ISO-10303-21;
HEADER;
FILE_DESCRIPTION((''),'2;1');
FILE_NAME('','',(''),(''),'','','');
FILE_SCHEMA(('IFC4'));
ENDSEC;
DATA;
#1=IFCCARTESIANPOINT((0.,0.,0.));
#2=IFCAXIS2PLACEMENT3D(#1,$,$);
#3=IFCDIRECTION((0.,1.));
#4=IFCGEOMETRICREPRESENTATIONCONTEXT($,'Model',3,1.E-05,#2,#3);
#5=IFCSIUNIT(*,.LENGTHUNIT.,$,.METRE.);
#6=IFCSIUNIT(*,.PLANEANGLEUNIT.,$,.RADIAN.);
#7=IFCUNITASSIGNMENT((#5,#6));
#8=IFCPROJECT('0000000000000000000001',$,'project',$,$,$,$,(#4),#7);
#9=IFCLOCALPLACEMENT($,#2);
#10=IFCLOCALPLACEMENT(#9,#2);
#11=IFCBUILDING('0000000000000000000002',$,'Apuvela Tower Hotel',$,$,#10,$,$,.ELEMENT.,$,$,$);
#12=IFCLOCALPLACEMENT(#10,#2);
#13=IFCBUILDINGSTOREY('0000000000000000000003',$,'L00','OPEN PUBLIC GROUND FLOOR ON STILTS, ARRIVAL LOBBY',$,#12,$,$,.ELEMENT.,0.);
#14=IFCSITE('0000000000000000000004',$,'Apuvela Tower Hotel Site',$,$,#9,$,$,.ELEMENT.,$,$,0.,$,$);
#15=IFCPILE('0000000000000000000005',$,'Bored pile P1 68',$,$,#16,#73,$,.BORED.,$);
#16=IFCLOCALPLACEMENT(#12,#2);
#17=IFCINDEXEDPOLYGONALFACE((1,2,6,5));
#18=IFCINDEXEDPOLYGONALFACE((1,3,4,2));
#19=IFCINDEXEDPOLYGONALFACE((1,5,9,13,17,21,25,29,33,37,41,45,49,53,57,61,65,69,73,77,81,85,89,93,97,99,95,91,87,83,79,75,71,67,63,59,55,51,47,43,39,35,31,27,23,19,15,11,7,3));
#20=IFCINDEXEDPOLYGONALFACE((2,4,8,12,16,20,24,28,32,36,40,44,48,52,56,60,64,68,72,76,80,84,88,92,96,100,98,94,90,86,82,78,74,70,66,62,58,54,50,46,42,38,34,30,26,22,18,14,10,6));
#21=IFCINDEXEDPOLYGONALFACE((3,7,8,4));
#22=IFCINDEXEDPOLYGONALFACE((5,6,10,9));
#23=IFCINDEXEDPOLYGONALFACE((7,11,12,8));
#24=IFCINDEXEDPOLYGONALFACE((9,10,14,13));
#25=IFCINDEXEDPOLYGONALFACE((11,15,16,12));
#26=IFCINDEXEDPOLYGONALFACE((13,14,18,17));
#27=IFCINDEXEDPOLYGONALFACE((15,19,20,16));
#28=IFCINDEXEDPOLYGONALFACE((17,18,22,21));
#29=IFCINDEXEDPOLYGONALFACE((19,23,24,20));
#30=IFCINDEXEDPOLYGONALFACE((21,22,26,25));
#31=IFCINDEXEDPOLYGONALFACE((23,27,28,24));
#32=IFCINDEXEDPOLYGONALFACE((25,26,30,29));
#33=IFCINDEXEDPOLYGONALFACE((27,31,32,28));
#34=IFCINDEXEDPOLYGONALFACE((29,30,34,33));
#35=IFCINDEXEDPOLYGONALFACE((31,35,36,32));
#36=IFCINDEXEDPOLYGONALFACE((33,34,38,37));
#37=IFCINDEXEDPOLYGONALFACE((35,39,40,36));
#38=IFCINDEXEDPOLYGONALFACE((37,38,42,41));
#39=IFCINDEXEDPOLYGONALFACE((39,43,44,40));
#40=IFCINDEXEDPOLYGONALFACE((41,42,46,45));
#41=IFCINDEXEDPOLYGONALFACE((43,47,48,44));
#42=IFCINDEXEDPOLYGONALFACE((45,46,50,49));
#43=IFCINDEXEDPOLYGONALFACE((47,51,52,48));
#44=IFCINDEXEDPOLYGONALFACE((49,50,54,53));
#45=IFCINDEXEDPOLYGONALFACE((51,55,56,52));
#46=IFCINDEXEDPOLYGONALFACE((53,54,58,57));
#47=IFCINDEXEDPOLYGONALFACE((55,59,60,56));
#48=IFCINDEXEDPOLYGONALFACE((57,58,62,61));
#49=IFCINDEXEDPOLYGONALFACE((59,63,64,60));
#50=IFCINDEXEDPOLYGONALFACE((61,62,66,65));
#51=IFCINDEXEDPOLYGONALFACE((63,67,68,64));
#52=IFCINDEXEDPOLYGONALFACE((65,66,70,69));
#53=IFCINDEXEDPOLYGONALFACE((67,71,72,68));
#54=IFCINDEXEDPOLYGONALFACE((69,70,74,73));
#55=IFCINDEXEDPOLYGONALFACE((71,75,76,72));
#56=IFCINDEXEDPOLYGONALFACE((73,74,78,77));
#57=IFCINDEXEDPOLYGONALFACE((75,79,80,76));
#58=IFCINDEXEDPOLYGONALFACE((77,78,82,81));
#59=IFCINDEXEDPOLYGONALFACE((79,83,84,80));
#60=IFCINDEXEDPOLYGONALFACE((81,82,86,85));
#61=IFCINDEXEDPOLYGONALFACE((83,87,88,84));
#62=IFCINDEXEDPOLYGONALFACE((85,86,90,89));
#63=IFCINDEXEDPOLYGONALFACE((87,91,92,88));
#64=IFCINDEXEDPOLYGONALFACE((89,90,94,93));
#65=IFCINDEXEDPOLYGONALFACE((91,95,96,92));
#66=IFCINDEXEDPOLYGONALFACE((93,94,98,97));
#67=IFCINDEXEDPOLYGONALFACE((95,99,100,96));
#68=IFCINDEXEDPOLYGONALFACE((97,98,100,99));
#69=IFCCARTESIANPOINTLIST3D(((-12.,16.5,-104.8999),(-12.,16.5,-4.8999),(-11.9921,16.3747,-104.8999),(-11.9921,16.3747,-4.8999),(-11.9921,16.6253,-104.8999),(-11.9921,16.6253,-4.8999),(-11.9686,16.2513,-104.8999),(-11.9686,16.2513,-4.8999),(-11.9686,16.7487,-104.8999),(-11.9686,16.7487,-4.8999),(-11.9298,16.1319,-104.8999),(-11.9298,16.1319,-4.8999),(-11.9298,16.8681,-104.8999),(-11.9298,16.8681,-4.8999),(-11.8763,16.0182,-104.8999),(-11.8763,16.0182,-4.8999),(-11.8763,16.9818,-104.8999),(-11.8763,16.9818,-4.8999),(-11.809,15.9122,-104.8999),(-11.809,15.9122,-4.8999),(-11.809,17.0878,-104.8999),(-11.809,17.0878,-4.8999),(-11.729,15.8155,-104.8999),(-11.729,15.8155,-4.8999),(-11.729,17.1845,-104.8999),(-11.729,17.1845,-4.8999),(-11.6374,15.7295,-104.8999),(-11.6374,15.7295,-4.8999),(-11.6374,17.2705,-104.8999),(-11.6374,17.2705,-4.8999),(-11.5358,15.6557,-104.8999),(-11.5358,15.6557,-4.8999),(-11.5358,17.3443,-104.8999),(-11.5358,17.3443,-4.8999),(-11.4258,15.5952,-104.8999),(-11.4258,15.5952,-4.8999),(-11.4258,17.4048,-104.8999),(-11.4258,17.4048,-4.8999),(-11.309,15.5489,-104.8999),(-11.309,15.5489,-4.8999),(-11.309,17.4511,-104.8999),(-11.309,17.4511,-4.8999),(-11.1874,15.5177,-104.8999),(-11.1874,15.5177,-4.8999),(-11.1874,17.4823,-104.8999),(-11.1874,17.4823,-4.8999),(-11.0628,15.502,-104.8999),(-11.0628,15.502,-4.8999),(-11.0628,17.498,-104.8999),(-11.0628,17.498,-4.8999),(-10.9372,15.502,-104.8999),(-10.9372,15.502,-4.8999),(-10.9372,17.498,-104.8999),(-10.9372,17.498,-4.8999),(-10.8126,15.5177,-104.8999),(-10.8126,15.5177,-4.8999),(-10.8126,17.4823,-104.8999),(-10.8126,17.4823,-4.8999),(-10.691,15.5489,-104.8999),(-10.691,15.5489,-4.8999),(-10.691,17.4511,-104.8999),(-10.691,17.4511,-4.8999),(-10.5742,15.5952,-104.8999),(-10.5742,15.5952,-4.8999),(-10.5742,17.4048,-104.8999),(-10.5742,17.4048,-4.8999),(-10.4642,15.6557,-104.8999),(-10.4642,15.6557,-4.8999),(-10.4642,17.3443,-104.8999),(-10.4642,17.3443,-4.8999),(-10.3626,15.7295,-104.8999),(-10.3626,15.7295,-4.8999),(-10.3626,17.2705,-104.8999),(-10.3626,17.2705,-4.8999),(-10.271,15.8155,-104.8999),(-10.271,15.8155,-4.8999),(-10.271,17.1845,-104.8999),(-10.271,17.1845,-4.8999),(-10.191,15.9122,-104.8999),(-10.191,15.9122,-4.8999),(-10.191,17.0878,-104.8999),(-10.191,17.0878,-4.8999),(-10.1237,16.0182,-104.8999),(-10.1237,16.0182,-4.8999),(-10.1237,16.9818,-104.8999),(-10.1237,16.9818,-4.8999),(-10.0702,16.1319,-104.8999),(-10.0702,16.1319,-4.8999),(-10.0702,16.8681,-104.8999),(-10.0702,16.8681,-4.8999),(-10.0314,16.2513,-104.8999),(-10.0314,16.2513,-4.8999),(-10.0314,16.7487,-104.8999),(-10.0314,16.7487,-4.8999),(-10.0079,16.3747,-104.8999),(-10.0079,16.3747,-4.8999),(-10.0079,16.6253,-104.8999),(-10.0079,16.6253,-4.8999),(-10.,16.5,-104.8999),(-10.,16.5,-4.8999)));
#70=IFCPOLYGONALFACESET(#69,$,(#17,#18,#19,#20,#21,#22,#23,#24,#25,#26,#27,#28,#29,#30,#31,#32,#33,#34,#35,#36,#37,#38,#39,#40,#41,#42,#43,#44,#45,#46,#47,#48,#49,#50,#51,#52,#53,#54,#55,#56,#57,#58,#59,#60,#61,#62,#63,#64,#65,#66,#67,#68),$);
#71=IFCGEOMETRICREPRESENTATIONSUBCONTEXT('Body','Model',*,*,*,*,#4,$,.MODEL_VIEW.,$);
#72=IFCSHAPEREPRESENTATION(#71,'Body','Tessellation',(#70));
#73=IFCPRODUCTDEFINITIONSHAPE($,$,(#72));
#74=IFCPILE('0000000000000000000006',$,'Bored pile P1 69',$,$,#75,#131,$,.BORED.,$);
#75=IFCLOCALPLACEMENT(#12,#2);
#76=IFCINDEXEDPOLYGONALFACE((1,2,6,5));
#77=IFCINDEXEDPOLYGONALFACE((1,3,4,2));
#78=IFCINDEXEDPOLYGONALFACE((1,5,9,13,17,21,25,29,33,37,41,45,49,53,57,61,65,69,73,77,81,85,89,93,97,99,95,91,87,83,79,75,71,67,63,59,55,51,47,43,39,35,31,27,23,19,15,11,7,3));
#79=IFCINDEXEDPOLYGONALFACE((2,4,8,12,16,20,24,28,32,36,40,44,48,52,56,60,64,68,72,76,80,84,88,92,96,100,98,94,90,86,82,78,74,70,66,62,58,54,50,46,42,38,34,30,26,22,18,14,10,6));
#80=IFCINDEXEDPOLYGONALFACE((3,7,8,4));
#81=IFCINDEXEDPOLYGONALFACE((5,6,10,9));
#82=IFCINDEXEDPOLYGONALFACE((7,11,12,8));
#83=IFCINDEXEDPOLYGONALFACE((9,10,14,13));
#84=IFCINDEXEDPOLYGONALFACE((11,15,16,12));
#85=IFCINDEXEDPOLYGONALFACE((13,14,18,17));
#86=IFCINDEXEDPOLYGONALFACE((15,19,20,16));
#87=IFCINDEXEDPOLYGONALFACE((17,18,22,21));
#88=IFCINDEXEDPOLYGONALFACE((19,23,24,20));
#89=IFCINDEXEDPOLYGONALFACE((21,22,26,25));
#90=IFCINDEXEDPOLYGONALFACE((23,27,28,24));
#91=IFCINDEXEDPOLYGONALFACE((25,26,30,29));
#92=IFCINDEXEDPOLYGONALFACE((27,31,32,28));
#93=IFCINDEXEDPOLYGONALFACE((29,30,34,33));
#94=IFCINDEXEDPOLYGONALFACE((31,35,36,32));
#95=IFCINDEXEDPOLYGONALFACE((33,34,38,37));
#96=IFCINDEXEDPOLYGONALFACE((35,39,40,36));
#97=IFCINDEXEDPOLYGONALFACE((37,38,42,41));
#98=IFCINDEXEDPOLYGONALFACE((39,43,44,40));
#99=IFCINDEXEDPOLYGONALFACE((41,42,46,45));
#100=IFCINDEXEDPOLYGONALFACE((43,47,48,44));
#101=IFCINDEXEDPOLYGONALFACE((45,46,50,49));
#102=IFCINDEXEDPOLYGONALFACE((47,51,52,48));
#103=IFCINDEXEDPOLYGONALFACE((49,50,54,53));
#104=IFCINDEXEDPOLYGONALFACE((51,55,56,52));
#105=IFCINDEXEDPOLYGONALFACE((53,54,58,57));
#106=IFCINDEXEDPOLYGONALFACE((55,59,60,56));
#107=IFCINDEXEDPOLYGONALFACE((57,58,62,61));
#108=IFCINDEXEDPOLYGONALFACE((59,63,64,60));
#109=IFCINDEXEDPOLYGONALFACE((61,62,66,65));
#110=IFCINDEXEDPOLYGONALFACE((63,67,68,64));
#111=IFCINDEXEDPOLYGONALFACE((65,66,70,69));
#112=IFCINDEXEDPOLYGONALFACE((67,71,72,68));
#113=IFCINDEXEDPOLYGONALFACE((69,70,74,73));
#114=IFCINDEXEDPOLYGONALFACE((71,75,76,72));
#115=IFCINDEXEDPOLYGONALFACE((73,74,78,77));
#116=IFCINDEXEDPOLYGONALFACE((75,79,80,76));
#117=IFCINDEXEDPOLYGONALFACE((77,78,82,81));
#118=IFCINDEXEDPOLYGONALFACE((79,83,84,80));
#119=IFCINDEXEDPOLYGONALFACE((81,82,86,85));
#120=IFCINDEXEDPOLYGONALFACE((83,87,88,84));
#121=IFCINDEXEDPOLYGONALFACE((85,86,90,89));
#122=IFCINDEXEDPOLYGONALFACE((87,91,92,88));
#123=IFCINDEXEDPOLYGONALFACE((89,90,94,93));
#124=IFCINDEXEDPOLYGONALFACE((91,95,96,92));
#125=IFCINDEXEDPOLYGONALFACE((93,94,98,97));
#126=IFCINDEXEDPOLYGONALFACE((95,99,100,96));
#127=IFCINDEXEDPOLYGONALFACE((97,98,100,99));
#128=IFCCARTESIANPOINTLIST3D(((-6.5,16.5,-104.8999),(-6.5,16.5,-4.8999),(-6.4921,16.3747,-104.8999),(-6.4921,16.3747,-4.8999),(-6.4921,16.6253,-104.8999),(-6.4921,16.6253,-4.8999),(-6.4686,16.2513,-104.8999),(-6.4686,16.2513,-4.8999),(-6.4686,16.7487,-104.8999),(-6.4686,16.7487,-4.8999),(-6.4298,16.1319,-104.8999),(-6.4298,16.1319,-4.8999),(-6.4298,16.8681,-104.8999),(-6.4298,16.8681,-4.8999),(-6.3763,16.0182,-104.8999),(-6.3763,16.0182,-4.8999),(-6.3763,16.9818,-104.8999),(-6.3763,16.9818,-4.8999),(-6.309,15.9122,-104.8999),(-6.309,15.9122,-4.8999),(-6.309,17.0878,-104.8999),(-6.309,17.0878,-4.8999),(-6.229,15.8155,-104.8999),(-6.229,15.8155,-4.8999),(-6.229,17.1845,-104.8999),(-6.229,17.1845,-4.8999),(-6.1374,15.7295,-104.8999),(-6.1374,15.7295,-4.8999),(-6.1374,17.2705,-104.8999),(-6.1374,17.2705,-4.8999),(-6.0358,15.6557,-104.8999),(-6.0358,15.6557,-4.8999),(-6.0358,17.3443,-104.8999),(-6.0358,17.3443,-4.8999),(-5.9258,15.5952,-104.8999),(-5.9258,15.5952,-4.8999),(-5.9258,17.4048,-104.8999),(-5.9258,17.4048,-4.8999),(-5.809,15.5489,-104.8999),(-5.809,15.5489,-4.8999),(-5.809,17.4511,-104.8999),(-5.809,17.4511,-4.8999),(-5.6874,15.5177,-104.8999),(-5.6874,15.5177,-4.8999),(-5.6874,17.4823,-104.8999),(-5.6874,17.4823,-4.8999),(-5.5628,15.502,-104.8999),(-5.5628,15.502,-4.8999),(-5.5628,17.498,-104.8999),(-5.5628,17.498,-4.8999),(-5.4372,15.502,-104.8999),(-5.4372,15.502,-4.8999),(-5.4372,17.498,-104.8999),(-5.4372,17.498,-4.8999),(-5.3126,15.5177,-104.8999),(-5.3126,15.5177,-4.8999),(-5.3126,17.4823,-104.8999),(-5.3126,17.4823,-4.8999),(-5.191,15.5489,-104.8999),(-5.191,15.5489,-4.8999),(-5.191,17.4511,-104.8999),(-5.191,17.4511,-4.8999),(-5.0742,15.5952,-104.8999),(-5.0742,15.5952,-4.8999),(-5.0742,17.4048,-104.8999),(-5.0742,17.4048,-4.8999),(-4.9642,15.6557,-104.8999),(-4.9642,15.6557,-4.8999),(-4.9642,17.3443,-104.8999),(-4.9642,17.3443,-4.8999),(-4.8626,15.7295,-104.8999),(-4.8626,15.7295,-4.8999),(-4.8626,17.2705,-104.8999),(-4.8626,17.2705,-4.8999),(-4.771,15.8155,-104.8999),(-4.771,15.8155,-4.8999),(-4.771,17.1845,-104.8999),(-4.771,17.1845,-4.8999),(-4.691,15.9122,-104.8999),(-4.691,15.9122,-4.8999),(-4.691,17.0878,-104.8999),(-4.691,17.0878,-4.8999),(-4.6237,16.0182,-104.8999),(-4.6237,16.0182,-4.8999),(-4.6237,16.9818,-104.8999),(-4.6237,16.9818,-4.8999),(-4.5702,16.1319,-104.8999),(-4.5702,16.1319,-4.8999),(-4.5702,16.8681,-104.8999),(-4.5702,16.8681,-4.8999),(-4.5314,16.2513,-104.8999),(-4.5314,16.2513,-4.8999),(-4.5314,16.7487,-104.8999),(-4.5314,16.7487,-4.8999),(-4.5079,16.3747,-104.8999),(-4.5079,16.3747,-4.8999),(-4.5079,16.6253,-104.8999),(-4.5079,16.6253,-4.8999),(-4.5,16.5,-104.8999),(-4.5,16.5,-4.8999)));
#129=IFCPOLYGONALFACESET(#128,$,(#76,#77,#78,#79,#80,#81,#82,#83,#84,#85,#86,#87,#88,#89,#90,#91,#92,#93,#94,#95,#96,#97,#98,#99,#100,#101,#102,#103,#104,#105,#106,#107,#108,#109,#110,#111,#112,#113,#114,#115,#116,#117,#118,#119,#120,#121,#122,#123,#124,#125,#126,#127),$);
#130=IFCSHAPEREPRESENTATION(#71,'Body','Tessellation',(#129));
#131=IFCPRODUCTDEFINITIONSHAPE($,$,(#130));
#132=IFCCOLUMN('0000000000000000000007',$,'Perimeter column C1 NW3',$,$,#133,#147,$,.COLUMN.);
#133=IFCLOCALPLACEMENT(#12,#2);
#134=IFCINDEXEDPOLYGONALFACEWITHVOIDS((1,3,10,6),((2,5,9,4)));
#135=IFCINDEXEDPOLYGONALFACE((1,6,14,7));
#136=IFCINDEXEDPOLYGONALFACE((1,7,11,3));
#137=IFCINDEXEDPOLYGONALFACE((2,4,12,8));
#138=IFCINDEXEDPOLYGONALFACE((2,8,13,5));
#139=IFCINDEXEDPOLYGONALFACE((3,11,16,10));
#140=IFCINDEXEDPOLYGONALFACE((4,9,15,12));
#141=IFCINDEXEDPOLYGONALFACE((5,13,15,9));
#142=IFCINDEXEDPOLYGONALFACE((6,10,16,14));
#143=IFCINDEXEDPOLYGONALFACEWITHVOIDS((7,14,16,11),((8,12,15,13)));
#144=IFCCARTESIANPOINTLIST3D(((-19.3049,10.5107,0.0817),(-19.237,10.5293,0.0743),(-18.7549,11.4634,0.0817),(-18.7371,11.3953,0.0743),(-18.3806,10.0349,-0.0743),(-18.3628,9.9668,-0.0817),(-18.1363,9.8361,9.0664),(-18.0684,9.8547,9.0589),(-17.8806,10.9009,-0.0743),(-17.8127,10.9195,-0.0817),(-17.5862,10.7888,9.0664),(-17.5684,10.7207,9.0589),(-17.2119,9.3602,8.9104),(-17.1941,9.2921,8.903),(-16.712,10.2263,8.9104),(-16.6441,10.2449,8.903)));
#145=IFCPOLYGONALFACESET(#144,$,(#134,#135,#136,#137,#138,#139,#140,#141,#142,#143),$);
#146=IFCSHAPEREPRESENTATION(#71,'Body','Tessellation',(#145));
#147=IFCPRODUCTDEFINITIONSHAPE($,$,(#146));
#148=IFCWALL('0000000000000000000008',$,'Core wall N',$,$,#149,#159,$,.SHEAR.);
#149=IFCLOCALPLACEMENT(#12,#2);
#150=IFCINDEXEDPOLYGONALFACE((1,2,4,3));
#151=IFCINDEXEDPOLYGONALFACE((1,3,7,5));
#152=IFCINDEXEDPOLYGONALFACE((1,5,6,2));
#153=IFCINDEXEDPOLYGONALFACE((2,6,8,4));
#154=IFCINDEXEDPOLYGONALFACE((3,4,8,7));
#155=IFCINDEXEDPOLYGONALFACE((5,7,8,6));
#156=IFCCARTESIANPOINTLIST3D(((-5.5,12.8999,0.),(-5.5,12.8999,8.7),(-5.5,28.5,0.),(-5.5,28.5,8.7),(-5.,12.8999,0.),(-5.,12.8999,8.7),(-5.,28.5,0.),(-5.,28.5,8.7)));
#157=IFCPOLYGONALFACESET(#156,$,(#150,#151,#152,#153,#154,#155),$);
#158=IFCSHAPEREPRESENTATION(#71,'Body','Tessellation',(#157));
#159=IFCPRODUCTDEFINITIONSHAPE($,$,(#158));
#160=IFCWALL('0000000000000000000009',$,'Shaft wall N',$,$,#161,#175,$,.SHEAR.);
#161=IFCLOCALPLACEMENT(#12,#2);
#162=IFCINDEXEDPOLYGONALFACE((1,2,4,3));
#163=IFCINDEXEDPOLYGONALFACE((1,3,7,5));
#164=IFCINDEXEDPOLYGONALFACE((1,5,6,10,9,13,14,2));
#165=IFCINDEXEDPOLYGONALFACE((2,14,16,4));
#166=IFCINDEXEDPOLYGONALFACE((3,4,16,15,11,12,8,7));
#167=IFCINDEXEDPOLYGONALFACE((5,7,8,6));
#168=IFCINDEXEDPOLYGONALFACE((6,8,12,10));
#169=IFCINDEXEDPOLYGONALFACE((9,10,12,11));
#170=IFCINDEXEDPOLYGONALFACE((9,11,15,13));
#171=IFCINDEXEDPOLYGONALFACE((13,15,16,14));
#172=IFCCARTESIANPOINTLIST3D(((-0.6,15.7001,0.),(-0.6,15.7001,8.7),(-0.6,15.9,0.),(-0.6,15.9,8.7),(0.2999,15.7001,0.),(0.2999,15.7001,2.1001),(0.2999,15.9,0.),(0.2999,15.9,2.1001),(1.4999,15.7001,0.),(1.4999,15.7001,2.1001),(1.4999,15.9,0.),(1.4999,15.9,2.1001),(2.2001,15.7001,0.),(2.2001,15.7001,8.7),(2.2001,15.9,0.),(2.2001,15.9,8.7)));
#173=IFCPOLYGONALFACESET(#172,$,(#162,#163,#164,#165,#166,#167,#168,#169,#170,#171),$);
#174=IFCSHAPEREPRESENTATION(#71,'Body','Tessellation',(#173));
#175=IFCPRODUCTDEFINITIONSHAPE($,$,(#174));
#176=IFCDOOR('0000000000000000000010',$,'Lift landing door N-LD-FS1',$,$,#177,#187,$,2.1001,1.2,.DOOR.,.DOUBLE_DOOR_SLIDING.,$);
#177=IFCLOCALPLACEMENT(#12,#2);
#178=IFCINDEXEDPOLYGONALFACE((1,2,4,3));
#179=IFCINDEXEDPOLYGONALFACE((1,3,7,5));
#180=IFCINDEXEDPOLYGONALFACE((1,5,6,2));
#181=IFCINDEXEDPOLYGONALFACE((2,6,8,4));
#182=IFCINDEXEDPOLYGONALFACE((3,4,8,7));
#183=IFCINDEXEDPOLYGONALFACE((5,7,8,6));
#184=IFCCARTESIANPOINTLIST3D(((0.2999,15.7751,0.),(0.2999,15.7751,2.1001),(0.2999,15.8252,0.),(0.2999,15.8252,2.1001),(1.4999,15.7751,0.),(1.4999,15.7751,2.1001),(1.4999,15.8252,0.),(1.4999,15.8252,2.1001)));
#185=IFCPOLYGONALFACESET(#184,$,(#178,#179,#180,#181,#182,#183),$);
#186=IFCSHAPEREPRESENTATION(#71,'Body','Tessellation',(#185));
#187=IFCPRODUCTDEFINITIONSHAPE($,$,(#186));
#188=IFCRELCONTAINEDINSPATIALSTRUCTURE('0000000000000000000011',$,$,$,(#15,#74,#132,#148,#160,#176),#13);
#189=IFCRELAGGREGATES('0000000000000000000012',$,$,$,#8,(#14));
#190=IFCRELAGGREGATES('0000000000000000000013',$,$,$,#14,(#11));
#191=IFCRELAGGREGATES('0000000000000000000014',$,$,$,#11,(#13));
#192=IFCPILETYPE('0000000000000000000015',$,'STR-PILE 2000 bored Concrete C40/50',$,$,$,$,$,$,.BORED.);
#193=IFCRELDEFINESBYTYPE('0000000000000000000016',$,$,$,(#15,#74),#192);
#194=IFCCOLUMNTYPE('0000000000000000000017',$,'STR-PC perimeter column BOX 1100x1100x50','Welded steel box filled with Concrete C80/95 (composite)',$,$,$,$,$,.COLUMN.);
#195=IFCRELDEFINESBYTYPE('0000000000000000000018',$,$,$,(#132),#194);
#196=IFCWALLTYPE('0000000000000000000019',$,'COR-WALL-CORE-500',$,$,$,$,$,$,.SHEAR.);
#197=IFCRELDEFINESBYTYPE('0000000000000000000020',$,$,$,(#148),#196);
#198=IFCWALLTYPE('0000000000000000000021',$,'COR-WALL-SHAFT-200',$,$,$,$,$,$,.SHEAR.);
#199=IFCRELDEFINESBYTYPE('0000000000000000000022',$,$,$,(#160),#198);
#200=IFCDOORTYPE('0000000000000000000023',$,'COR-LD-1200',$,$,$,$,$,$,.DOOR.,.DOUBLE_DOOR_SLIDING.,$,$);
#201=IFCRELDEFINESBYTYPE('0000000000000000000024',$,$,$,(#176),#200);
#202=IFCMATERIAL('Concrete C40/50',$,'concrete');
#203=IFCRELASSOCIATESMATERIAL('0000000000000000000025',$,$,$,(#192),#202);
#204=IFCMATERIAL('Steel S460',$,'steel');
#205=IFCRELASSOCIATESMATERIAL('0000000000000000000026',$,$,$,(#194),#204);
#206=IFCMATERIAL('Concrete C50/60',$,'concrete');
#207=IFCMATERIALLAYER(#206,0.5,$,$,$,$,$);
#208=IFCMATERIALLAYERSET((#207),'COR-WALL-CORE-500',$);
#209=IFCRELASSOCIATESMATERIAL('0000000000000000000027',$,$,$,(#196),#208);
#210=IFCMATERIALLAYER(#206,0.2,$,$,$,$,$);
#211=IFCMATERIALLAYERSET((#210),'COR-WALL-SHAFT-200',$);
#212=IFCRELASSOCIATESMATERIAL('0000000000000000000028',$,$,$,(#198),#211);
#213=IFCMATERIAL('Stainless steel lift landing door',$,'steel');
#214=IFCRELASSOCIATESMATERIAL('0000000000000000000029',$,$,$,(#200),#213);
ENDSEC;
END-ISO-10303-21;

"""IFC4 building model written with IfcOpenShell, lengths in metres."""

from ifc_helpers import new_model, si_unit, direction, frame, frame_2d, origin, origin_2d, place, context, subcontext, project, spatial, rectangle, hollow_rectangle, circle, extrude, boolean, halfspace, material, layer, layer_set, material_profile, profile_set, type_object, element, fill, save


model = new_model("IFC4")

# Units and contexts
model_context = context("Model", 3, precision=1e-05, world=origin(), true_north=direction((0.0, 1.0)))
body_context = subcontext(model_context, "Body", "Model", "MODEL_VIEW")
ifc_project = project(units=[si_unit("LENGTHUNIT", "METRE"), si_unit("PLANEANGLEUNIT", "RADIAN")], contexts=[model_context])

# Site, building, storey
site_placement = place(None, origin())
site = spatial("IfcSite", under=ifc_project, at=site_placement, Name="Apuvela Tower Hotel Site", CompositionType="ELEMENT", RefElevation=0.0)
building_placement = place(site_placement, origin())
building = spatial("IfcBuilding", under=site, at=building_placement, Name="Apuvela Tower Hotel", CompositionType="ELEMENT")
storey_placement = place(building_placement, origin())
storey = spatial("IfcBuildingStorey", under=building, at=storey_placement, Name="L00", Description="OPEN PUBLIC GROUND FLOOR ON STILTS, ARRIVAL LOBBY", CompositionType="ELEMENT", Elevation=0.0)

# Piles
ifc_material_1 = material(Name="Concrete C40/50", Category="concrete")
ifc_material_profile_1 = material_profile(ifc_material_1, circle(Radius=1.0, at=origin_2d()), Name="PILE 2000")
ifc_profile_set_1 = profile_set([ifc_material_profile_1], Name="Concrete C40/50")
pile_type = type_object("IfcPileType", Name="STR-PILE 2000 bored Concrete C40/50", PredefinedType="BORED", material=ifc_profile_set_1)
for number, where, z_axis, x_axis, name in (
    (1, (-11.0, 16.5, -4.8999), (0.0, 0.0, -1.0), (1.0, 0.0, 0.0), "Bored pile P1 68"),
    (2, (-5.5, 16.5, -4.8999), (0.0, 0.0, -1.0), (1.0, 0.0, 0.0), "Bored pile P1 69"),
):
    element("IfcPile", number, at=place(storey_placement, frame(where, z_axis=z_axis, x_axis=x_axis)), inside=storey, type_object=pile_type, Name=name, PredefinedType="BORED", context=body_context, shape_type="SweptSolid", body=[
        extrude(circle(Radius=1.0, at=origin_2d()), origin(), (0.0, 0.0, 1.0), 100.0),
    ])

# Column
ifc_material_2 = material(Name="Steel S460", Category="steel")
ifc_material_profile_2 = material_profile(ifc_material_2, hollow_rectangle(XDim=1.1001, YDim=1.1001, WallThickness=0.05, at=origin_2d()), Name="BOX 1100x1100x50")
ifc_material_3 = material(Name="Concrete C80/95", Category="concrete")
ifc_material_profile_3 = material_profile(ifc_material_3, rectangle(XDim=1.0, YDim=1.0, at=origin_2d()), Name="Concrete C80/95 infill")
ifc_profile_set_2 = profile_set([ifc_material_profile_2, ifc_material_profile_3], Name="Steel S460")
column_type = type_object("IfcColumnType", Name="STR-PC perimeter column BOX 1100x1100x50", Description="Welded steel box filled with Concrete C80/95 (composite)", PredefinedType="COLUMN", material=ifc_profile_set_2)
column_placement = place(storey_placement, frame((-18.5588, 10.7151, 0.0), z_axis=(0.12863, -0.074254, 0.988909), x_axis=(-0.499976, -0.866039, 0.000005)))
element("IfcColumn", 3, at=column_placement, inside=storey, type_object=column_type, Name="Perimeter column C1 NW3", PredefinedType="COLUMN", context=body_context, shape_type="SweptSolid", body=[
    boolean("DIFFERENCE", extrude(hollow_rectangle(XDim=1.1001, YDim=1.1001, WallThickness=0.05, at=origin_2d()), origin(), (0.0, 0.0, 1.0), 9.1008), halfspace(frame((0.0, 0.0, 9.0854), z_axis=(0.0, 0.0, 1.0), x_axis=(1.0, 0.0, 0.0)), False)),
])

# Wall
ifc_material_4 = material(Name="Concrete C50/60", Category="concrete")
ifc_layer_1 = layer(ifc_material_4, 0.5)
ifc_layer_set_1 = layer_set([ifc_layer_1], Name="COR-WALL-CORE-500")
wall_type_1 = type_object("IfcWallType", Name="COR-WALL-CORE-500", PredefinedType="SHEAR", material=ifc_layer_set_1)
wall_1_placement = place(storey_placement, frame((-5.25, 12.8999, 0.0), z_axis=(0.0, 0.0, 1.0), x_axis=(0.0, 1.0, 0.0)))
element("IfcWall", 4, at=wall_1_placement, inside=storey, type_object=wall_type_1, Name="Core wall N", PredefinedType="SHEAR", context=body_context, shape_type="SweptSolid", body=[
    extrude(rectangle(XDim=15.6001, YDim=0.5, at=frame_2d((7.8, 0.0))), origin(), (0.0, 0.0, 1.0), 8.7),
])

# Wall, opening, door
ifc_layer_2 = layer(ifc_material_4, 0.2)
ifc_layer_set_2 = layer_set([ifc_layer_2], Name="COR-WALL-SHAFT-200")
wall_type_2 = type_object("IfcWallType", Name="COR-WALL-SHAFT-200", PredefinedType="SHEAR", material=ifc_layer_set_2)
wall_2_placement = place(storey_placement, frame((2.2, 15.8, 0.0), z_axis=(0.0, 0.0, 1.0), x_axis=(-1.0, 0.0, 0.0)))
wall_2 = element("IfcWall", 5, at=wall_2_placement, inside=storey, type_object=wall_type_2, Name="Shaft wall N", PredefinedType="SHEAR", context=body_context, shape_type="SweptSolid", body=[
    extrude(rectangle(XDim=2.8, YDim=0.2, at=frame_2d((1.3999, 0.0))), origin(), (0.0, 0.0, 1.0), 8.7),
])
opening_1_placement = place(wall_2_placement, frame((0.7, 0.0, 0.0)))
opening_1 = element("IfcOpeningElement", 6, at=opening_1_placement, cuts=wall_2, PredefinedType="OPENING", context=body_context, shape_type="SweptSolid", body=[
    extrude(rectangle(XDim=1.2, YDim=2.1001, at=frame_2d((0.6001, 1.05))), frame((0.0, 0.1099, 0.0), z_axis=(0.0, -1.0, 0.0), x_axis=(1.0, 0.0, 0.0)), (0.0, 0.0, 1.0), 0.22),
])
ifc_material_5 = material(Name="Stainless steel lift landing door", Category="steel")
door_type_1 = type_object("IfcDoorType", Name="COR-LD-1200", OperationType="DOUBLE_DOOR_SLIDING", PredefinedType="DOOR", material=ifc_material_5)
door_1_placement = place(opening_1_placement, origin())
door_1 = element("IfcDoor", 7, at=door_1_placement, inside=storey, type_object=door_type_1, Name="Lift landing door N-LD-FS1", OperationType="DOUBLE_DOOR_SLIDING", OverallHeight=2.1001, OverallWidth=1.2, PredefinedType="DOOR", context=body_context, shape_type="SweptSolid", body=[
    extrude(rectangle(XDim=1.2, YDim=2.1001, at=frame_2d((0.6001, 1.05))), frame((0.0, 0.0249, 0.0), z_axis=(0.0, -1.0, 0.0), x_axis=(1.0, 0.0, 0.0)), (0.0, 0.0, 1.0), 0.05),
])
fill(opening_1, door_1)

save(model, "model.ifc")
